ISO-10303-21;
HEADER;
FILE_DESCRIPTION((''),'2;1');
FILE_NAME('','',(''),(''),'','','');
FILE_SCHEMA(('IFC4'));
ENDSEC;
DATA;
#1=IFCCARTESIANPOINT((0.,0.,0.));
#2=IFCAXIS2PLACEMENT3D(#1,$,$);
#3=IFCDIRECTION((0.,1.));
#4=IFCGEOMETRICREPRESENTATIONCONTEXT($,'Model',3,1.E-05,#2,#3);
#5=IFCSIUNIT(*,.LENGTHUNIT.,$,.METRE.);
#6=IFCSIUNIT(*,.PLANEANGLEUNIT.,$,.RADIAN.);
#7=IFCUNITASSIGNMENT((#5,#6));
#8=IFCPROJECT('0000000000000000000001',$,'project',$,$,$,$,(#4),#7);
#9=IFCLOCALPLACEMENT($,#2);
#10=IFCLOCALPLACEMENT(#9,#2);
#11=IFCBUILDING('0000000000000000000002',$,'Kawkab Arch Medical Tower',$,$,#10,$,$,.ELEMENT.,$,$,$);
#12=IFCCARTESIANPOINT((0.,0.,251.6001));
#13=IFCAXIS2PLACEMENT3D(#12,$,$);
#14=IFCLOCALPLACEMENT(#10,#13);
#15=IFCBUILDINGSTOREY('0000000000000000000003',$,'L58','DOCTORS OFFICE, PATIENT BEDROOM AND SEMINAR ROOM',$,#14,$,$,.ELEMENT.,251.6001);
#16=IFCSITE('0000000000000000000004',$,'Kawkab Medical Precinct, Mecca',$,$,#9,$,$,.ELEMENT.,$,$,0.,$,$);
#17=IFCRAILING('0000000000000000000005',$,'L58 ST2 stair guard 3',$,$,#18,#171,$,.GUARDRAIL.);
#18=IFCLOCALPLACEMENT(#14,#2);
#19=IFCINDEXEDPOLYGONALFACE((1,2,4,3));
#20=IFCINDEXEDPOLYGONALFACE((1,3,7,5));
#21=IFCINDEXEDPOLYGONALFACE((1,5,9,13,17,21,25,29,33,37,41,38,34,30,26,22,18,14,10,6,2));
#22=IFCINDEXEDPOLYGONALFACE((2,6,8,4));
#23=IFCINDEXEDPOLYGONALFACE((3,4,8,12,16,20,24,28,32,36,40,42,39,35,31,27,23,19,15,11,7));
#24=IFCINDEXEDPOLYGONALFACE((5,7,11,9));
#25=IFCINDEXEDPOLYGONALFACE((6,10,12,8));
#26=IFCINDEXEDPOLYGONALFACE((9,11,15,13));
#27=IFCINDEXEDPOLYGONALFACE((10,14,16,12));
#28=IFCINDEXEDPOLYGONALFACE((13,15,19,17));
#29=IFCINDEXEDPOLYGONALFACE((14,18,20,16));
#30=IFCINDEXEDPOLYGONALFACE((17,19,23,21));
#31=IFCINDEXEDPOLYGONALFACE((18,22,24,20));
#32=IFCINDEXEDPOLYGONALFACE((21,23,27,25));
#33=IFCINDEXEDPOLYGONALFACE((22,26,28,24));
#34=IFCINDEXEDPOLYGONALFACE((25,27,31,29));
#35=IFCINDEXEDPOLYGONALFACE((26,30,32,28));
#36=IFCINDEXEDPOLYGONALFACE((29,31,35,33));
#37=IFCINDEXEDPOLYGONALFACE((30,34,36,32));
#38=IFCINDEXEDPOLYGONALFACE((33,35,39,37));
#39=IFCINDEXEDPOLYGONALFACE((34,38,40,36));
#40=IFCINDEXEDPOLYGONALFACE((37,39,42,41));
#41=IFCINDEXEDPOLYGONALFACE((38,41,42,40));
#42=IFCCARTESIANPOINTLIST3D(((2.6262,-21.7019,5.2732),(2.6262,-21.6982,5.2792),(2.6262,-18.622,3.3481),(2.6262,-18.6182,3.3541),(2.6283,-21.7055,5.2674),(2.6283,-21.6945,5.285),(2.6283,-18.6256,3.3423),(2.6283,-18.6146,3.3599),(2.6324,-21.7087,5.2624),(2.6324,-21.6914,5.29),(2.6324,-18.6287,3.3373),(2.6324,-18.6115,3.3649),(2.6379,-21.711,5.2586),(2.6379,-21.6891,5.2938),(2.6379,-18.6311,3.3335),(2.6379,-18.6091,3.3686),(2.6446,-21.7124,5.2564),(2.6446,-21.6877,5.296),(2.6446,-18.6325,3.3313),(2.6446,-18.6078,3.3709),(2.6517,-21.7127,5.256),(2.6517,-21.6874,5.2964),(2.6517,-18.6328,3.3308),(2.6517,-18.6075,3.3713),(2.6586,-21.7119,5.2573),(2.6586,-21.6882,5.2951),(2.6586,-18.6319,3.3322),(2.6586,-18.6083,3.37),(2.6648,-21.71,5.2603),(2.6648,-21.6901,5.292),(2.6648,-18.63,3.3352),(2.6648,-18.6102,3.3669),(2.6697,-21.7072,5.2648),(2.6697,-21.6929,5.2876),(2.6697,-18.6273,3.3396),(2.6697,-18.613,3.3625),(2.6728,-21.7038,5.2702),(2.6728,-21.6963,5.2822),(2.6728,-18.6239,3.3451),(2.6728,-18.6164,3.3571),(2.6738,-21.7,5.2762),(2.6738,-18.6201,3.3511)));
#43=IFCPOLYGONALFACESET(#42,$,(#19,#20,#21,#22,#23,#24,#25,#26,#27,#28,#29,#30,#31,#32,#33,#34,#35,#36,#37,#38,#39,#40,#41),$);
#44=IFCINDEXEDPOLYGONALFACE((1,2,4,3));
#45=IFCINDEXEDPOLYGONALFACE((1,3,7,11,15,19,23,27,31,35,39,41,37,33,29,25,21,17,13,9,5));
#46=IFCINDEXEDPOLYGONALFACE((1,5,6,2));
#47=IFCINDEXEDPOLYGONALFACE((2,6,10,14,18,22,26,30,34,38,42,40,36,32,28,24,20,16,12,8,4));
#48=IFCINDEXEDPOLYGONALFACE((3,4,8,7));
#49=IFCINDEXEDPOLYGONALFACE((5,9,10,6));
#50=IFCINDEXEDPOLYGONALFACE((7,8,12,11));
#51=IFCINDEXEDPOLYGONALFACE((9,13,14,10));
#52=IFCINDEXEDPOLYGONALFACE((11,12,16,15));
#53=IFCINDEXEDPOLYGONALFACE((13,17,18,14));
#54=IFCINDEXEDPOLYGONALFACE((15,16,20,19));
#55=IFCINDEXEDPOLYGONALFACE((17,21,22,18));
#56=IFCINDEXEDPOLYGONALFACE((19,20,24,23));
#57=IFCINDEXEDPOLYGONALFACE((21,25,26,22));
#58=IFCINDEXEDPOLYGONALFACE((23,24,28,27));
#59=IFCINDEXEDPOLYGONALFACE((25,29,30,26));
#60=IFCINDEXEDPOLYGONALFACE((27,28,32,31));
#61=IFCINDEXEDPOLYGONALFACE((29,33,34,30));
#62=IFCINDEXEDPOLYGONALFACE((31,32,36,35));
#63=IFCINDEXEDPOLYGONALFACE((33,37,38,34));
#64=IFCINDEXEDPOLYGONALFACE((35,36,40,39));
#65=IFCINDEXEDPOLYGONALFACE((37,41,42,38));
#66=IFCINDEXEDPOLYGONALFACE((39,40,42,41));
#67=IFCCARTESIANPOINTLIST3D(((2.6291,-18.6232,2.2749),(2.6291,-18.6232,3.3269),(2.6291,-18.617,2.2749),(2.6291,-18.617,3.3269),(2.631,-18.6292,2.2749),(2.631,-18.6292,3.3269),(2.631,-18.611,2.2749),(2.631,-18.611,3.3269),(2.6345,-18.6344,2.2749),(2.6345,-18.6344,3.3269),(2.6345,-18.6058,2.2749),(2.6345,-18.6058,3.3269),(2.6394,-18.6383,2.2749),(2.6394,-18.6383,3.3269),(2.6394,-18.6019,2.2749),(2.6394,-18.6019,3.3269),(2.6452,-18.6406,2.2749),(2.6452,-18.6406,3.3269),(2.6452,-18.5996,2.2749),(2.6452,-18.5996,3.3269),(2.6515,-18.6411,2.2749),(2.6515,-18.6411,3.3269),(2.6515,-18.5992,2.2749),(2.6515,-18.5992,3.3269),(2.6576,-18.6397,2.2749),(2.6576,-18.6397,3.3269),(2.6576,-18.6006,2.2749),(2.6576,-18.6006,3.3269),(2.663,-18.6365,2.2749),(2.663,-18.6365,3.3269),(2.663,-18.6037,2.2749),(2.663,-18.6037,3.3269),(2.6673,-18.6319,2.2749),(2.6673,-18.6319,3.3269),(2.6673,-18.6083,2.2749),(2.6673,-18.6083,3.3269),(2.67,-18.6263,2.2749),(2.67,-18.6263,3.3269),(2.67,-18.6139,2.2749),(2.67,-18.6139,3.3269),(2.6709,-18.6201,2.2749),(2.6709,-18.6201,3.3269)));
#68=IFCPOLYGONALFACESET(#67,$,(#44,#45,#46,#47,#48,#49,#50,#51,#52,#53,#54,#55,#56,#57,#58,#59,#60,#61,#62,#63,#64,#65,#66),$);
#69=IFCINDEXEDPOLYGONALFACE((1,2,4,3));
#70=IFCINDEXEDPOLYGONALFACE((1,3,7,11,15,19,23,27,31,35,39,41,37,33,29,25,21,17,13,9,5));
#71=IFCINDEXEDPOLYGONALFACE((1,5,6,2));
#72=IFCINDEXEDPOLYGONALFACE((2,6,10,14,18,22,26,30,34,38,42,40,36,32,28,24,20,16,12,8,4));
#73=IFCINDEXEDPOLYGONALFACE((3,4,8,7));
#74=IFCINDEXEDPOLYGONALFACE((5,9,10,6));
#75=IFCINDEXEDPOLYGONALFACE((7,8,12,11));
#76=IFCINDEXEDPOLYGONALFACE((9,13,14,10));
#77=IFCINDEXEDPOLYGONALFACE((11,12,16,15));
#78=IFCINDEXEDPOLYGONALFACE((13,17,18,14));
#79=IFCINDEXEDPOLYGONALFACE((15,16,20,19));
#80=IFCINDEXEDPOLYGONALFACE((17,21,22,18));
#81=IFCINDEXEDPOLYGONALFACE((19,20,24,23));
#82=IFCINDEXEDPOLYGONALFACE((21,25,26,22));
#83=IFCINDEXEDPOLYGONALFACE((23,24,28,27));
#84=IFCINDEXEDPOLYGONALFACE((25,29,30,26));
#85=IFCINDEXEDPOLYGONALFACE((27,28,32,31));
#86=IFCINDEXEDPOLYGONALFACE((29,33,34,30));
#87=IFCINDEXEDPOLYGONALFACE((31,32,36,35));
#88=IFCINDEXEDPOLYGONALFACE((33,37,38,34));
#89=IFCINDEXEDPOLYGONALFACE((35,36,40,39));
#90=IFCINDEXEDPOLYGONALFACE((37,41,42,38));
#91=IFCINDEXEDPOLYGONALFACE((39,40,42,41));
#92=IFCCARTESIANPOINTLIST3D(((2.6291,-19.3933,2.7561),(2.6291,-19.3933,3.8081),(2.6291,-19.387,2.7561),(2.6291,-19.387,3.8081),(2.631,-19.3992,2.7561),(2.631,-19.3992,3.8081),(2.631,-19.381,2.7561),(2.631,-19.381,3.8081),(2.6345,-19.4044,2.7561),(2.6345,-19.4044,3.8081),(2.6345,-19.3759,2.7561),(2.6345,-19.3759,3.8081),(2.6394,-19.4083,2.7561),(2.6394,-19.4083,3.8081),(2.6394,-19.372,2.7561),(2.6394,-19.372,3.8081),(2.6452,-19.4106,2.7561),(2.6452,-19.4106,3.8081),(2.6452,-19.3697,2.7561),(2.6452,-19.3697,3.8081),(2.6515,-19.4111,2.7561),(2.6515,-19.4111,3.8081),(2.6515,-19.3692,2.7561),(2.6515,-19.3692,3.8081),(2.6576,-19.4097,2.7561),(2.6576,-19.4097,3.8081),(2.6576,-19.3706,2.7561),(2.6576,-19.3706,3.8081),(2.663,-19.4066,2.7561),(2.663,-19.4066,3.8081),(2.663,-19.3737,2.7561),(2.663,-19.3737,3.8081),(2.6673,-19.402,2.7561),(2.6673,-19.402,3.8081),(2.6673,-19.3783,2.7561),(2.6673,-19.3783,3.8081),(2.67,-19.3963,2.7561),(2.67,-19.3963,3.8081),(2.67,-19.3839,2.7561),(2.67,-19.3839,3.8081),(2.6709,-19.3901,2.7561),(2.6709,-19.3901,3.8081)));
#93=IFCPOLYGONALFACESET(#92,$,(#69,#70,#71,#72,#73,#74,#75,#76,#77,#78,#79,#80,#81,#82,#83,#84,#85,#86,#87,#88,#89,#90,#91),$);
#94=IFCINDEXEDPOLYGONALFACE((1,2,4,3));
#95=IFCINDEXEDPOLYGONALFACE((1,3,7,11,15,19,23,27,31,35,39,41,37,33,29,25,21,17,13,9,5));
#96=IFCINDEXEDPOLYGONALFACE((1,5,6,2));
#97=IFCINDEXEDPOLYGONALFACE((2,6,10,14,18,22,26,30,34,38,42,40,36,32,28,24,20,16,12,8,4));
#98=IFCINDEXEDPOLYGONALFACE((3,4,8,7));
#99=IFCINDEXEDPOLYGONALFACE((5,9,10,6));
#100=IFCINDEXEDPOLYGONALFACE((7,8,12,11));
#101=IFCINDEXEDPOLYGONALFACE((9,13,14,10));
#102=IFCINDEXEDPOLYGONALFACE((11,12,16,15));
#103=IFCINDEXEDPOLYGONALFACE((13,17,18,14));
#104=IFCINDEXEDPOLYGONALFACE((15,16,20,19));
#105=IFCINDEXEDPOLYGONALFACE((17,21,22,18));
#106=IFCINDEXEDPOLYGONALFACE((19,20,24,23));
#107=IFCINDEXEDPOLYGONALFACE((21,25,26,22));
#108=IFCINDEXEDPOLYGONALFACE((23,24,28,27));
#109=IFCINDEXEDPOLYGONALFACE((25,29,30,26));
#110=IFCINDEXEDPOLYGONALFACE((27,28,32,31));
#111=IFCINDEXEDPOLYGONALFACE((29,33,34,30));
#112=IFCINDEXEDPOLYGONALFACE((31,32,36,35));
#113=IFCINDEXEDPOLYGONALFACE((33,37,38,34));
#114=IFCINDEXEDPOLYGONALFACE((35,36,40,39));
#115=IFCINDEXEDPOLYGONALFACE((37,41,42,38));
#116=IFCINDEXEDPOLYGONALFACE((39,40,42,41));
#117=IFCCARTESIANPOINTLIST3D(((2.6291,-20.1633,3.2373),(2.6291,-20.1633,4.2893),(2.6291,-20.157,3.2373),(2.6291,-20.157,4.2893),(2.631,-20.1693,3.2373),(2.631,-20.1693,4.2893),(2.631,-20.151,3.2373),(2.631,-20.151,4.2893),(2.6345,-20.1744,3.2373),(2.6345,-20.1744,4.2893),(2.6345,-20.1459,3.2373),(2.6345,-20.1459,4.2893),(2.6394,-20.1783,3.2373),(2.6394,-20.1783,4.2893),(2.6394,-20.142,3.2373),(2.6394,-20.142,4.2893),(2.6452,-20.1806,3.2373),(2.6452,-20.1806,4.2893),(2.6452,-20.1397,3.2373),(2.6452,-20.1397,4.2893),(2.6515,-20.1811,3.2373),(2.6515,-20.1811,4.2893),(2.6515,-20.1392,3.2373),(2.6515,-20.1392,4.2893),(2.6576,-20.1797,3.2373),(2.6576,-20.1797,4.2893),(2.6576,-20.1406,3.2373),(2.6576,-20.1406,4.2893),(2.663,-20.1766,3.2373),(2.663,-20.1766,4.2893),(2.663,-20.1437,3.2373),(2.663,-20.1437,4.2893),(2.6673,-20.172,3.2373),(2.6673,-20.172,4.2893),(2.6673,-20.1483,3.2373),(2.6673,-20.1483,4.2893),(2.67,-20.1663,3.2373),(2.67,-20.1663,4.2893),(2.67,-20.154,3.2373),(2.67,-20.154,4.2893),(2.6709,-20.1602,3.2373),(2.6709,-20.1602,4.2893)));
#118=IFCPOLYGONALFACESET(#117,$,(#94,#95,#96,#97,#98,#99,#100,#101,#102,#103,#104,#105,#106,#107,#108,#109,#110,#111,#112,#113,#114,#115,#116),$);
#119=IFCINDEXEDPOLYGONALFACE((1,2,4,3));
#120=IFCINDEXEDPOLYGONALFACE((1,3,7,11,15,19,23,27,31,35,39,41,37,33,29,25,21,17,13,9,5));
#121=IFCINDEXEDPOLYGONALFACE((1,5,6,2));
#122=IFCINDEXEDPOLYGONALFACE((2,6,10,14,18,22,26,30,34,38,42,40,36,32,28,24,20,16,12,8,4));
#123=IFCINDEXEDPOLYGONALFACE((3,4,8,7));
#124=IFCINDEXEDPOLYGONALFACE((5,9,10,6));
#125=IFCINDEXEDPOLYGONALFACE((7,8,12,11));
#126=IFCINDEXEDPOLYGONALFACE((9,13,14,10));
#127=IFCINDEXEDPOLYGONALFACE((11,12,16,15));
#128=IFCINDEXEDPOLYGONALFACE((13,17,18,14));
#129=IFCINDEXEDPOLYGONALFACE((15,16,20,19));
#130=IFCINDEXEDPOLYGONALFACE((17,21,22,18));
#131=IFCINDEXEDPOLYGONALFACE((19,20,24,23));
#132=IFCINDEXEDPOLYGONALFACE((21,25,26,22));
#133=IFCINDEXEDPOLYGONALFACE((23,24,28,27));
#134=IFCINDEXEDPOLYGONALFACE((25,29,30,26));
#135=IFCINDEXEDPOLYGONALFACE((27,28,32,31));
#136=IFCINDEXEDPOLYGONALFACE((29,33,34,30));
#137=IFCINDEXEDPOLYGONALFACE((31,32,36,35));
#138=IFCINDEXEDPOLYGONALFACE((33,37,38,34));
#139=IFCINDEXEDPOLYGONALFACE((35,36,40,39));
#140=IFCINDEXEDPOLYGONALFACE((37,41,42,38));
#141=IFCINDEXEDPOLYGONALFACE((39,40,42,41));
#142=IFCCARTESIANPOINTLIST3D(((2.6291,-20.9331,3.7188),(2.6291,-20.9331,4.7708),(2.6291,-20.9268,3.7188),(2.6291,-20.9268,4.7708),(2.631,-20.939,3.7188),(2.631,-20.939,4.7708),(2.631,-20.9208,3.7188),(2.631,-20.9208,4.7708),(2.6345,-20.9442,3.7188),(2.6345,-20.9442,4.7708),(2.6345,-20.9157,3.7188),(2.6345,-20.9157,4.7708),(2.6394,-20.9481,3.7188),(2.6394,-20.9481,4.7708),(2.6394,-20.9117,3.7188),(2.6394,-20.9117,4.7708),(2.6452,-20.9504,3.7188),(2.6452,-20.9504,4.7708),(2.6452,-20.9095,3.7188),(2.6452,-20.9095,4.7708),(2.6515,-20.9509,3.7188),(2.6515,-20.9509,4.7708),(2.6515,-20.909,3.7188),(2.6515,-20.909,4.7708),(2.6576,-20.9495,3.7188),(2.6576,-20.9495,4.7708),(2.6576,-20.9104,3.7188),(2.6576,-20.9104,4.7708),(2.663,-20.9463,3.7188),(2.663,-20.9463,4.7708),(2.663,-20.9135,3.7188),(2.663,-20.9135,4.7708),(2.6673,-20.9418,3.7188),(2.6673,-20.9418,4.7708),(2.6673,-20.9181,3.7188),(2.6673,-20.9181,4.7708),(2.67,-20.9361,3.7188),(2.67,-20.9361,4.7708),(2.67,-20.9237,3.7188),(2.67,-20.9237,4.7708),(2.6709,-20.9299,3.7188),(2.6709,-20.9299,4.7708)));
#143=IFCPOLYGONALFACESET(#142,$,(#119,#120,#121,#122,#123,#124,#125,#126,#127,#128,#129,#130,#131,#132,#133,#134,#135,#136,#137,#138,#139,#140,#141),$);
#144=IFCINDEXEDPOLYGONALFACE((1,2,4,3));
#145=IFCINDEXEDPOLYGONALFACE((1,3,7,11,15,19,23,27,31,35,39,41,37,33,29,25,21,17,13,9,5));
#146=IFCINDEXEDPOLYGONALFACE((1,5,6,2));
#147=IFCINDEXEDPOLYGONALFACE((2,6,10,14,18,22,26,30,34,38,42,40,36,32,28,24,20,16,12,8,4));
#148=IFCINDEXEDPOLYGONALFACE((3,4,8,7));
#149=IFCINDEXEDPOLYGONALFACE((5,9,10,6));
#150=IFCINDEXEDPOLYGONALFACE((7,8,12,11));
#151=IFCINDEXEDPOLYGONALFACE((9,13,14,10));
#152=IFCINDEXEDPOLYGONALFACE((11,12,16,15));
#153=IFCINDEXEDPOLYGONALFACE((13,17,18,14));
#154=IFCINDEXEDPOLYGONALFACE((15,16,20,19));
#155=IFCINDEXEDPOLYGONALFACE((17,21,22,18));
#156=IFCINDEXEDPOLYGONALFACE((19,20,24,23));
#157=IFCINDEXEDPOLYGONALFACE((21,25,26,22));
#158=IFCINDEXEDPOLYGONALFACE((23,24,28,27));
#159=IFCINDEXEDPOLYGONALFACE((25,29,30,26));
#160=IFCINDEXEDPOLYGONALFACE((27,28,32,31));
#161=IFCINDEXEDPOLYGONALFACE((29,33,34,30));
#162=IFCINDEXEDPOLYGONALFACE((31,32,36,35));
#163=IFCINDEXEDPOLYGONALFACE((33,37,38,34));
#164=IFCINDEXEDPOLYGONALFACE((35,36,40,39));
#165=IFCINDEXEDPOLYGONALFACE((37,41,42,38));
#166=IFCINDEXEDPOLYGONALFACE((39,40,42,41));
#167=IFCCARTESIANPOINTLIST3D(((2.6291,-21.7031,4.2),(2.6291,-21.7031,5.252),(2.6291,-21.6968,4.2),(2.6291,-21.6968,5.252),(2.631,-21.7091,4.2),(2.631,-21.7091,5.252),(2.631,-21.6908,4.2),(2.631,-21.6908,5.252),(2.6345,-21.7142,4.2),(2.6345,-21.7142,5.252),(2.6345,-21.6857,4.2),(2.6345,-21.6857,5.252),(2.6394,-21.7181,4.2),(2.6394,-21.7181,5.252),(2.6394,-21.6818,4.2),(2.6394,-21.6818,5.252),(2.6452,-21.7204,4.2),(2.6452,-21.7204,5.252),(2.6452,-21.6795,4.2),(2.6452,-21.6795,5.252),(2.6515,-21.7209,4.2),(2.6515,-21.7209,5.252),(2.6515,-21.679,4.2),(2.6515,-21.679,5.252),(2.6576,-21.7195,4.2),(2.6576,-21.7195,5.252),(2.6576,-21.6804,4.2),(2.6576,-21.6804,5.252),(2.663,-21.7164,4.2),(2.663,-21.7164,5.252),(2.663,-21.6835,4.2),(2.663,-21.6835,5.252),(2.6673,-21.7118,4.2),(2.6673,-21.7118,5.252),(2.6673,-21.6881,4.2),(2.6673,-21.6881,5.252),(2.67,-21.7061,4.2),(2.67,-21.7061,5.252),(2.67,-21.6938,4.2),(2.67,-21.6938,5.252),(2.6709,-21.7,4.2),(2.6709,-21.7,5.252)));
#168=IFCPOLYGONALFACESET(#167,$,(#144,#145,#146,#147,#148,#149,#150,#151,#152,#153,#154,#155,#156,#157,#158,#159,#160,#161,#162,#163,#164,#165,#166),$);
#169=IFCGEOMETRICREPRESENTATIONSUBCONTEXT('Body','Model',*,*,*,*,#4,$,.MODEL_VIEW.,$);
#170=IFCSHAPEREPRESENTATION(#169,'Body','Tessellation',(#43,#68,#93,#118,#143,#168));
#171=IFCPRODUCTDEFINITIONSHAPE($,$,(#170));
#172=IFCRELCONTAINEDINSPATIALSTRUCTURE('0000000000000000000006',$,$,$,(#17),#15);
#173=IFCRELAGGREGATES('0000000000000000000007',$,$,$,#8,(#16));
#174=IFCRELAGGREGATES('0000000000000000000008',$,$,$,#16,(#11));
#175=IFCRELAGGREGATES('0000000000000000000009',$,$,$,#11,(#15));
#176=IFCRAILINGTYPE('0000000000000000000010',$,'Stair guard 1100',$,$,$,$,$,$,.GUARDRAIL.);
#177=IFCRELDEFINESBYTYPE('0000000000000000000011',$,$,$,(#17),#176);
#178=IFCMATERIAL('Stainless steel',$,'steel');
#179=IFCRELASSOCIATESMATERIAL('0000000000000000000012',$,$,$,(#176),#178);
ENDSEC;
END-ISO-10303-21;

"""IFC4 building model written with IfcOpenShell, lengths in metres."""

from ifc_helpers import new_model, si_unit, direction, frame, origin, origin_2d, place, context, subcontext, project, spatial, circle, extrude, material, type_object, element, save


model = new_model("IFC4")

# Units and contexts
model_context = context("Model", 3, precision=1e-05, world=origin(), true_north=direction((0.0, 1.0)))
body_context = subcontext(model_context, "Body", "Model", "MODEL_VIEW")
ifc_project = project(units=[si_unit("LENGTHUNIT", "METRE"), si_unit("PLANEANGLEUNIT", "RADIAN")], contexts=[model_context])

# Site, building, storey
site_placement = place(None, origin())
site = spatial("IfcSite", under=ifc_project, at=site_placement, Name="Kawkab Medical Precinct, Mecca", CompositionType="ELEMENT", RefElevation=0.0)
building_placement = place(site_placement, origin())
building = spatial("IfcBuilding", under=site, at=building_placement, Name="Kawkab Arch Medical Tower", CompositionType="ELEMENT")
storey_placement = place(building_placement, frame((0.0, 0.0, 251.6001)))
storey = spatial("IfcBuildingStorey", under=building, at=storey_placement, Name="L58", Description="DOCTORS OFFICE, PATIENT BEDROOM AND SEMINAR ROOM", CompositionType="ELEMENT", Elevation=251.6001)

# Railing
ifc_material_1 = material(Name="Stainless steel", Category="steel")
railing_type_1 = type_object("IfcRailingType", Name="Stair guard 1100", PredefinedType="GUARDRAIL", material=ifc_material_1)
railing_1_placement = place(storey_placement, frame((2.6499, -18.6201, 2.2749)))
element("IfcRailing", 1, at=railing_1_placement, inside=storey, type_object=railing_type_1, Name="L58 ST2 stair guard 3", PredefinedType="GUARDRAIL", context=body_context, shape_type="SweptSolid", body=[
    extrude(circle(Radius=0.0239, at=origin_2d()), frame((0.0, 0.0, 1.0762), z_axis=(0.0, -0.847979, 0.530029), x_axis=(1.0, 0.0, 0.0)), (0.0, 0.0, 1.0), 3.6321),
    extrude(circle(Radius=0.021, at=origin_2d()), origin(), (0.0, 0.0, 1.0), 1.052),
    extrude(circle(Radius=0.021, at=origin_2d()), frame((0.0, -0.77, 0.4812)), (0.0, 0.0, 1.0), 1.052),
    extrude(circle(Radius=0.021, at=origin_2d()), frame((0.0, -1.54, 0.9624)), (0.0, 0.0, 1.0), 1.052),
    extrude(circle(Radius=0.021, at=origin_2d()), frame((0.0, -2.3098, 1.4438)), (0.0, 0.0, 1.0), 1.052),
    extrude(circle(Radius=0.021, at=origin_2d()), frame((0.0, -3.0798, 1.925)), (0.0, 0.0, 1.0), 1.052),
])

save(model, "model.ifc")
